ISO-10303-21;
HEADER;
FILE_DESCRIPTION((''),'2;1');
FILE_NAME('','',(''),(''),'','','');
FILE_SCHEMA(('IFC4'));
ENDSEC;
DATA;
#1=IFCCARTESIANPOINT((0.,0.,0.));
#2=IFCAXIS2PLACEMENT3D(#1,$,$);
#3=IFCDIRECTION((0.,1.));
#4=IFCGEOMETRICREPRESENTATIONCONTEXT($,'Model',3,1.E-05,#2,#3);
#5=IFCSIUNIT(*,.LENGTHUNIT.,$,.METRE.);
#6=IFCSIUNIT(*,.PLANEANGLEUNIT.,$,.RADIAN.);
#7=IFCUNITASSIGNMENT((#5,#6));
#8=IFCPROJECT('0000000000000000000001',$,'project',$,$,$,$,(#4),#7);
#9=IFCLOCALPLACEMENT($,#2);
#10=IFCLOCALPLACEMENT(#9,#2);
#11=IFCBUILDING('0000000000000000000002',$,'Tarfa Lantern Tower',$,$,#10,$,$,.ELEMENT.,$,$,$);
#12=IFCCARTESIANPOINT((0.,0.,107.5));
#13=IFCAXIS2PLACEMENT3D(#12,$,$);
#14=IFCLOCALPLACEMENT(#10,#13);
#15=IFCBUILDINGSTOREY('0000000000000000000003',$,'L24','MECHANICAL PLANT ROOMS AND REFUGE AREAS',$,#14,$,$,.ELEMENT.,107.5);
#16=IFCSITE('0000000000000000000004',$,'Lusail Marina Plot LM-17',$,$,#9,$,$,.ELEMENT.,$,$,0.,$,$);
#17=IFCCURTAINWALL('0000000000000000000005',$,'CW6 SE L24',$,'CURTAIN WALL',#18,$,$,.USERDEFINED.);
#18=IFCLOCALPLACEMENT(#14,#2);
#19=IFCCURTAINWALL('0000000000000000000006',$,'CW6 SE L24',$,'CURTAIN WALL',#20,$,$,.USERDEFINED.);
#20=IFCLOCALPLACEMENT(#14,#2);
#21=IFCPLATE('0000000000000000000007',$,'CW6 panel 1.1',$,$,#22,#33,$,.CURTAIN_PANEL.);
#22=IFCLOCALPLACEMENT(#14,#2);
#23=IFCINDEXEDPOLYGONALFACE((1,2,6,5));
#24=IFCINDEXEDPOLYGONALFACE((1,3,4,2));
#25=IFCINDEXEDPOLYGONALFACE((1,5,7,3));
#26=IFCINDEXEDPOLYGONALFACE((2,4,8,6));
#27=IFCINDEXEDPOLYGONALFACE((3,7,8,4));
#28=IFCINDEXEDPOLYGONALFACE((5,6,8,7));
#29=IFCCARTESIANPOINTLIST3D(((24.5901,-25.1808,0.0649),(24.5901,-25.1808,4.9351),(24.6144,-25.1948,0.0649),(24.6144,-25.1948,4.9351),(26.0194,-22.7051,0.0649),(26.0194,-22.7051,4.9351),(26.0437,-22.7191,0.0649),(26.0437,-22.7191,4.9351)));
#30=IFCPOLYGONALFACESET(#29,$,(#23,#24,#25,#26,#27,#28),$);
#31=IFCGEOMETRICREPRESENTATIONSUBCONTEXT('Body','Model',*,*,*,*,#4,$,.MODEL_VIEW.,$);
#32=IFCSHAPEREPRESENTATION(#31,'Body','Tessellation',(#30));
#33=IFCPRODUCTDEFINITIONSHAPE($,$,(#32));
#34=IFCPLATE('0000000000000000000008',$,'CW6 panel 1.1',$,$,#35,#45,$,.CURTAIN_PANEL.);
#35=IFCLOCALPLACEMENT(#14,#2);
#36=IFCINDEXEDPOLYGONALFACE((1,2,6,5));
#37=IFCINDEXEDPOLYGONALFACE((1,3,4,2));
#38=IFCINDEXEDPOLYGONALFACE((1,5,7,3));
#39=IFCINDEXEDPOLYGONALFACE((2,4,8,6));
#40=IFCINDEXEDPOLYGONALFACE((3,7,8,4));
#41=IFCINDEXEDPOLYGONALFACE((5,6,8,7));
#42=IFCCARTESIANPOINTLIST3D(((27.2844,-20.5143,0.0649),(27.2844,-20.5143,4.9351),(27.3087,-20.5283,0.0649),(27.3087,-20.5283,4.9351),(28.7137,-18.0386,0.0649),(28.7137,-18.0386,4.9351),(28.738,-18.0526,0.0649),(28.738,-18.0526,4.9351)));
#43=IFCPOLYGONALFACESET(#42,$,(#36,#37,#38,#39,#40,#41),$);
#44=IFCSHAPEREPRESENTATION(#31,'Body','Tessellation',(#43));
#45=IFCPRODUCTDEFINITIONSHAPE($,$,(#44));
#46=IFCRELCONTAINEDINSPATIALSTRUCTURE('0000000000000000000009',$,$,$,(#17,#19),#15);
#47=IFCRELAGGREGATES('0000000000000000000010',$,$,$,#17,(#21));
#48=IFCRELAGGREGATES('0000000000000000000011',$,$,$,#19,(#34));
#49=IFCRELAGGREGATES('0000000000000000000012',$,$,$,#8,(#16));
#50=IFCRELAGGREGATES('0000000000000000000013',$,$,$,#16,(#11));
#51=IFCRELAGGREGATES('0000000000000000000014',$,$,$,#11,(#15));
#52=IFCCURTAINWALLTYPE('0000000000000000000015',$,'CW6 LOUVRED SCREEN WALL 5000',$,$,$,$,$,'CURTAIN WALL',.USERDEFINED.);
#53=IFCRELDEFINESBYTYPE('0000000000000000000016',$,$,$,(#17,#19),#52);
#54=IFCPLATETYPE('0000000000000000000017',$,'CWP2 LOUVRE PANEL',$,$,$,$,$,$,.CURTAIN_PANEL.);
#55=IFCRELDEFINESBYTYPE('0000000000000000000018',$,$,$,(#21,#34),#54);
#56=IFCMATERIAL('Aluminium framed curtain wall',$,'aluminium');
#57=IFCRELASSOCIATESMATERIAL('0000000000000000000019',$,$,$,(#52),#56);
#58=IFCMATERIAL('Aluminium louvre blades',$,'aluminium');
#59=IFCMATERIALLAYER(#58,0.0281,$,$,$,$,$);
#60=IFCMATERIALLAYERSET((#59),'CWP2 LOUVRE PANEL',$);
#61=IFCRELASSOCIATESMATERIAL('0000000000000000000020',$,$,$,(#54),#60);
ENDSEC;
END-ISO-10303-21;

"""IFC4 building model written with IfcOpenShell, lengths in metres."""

from ifc_helpers import new_model, si_unit, direction, frame, origin, origin_2d, place, context, subcontext, project, spatial, rectangle, extrude, material, layer, layer_set, type_object, element, aggregate, save


model = new_model("IFC4")

# Units and contexts
model_context = context("Model", 3, precision=1e-05, world=origin(), true_north=direction((0.0, 1.0)))
body_context = subcontext(model_context, "Body", "Model", "MODEL_VIEW")
ifc_project = project(units=[si_unit("LENGTHUNIT", "METRE"), si_unit("PLANEANGLEUNIT", "RADIAN")], contexts=[model_context])

# Site, building, storey
site_placement = place(None, origin())
site = spatial("IfcSite", under=ifc_project, at=site_placement, Name="Lusail Marina Plot LM-17", CompositionType="ELEMENT", RefElevation=0.0)
building_placement = place(site_placement, origin())
building = spatial("IfcBuilding", under=site, at=building_placement, Name="Tarfa Lantern Tower", CompositionType="ELEMENT")
storey_placement = place(building_placement, frame((0.0, 0.0, 107.5)))
storey = spatial("IfcBuildingStorey", under=building, at=storey_placement, Name="L24", Description="MECHANICAL PLANT ROOMS AND REFUGE AREAS", CompositionType="ELEMENT", Elevation=107.5)

# Curtain walls
ifc_material_1 = material(Name="Aluminium framed curtain wall", Category="aluminium")
curtain_wall_type = type_object("IfcCurtainWallType", Name="CW6 LOUVRED SCREEN WALL 5000", ElementType="CURTAIN WALL", PredefinedType="USERDEFINED", material=ifc_material_1)
curtain_wall_1_placement = place(storey_placement, origin())
curtain_wall_1 = element("IfcCurtainWall", 1, at=curtain_wall_1_placement, inside=storey, type_object=curtain_wall_type, Name="CW6 SE L24", ObjectType="CURTAIN WALL", PredefinedType="USERDEFINED")
curtain_wall_2_placement = place(storey_placement, origin())
curtain_wall_2 = element("IfcCurtainWall", 2, at=curtain_wall_2_placement, inside=storey, type_object=curtain_wall_type, Name="CW6 SE L24", ObjectType="CURTAIN WALL", PredefinedType="USERDEFINED")

# Plates
ifc_material_2 = material(Name="Aluminium louvre blades", Category="aluminium")
ifc_layer = layer(ifc_material_2, 0.0281)
ifc_layer_set = layer_set([ifc_layer], Name="CWP2 LOUVRE PANEL")
plate_type = type_object("IfcPlateType", Name="CWP2 LOUVRE PANEL", PredefinedType="CURTAIN_PANEL", material=ifc_layer_set)
plate_1_placement = place(storey_placement, frame((25.3169, -23.95, 0.0649), z_axis=(0.0, 0.0, 1.0), x_axis=(0.5, 0.866025, 0.0)))
plate_1 = element("IfcPlate", 3, at=plate_1_placement, type_object=plate_type, Name="CW6 panel 1.1", PredefinedType="CURTAIN_PANEL", context=body_context, shape_type="SweptSolid", body=[
    extrude(rectangle(XDim=2.8586, YDim=0.0281, at=origin_2d()), origin(), (0.0, 0.0, 1.0), 4.8701),
])
aggregate(curtain_wall_1, [plate_1])
plate_2_placement = place(storey_placement, frame((28.0112, -19.2834, 0.0649), z_axis=(0.0, 0.0, 1.0), x_axis=(0.5, 0.866025, 0.0)))
plate_2 = element("IfcPlate", 4, at=plate_2_placement, type_object=plate_type, Name="CW6 panel 1.1", PredefinedType="CURTAIN_PANEL", context=body_context, shape_type="SweptSolid", body=[
    extrude(rectangle(XDim=2.8586, YDim=0.0281, at=origin_2d()), origin(), (0.0, 0.0, 1.0), 4.8701),
])
aggregate(curtain_wall_2, [plate_2])

save(model, "model.ifc")
